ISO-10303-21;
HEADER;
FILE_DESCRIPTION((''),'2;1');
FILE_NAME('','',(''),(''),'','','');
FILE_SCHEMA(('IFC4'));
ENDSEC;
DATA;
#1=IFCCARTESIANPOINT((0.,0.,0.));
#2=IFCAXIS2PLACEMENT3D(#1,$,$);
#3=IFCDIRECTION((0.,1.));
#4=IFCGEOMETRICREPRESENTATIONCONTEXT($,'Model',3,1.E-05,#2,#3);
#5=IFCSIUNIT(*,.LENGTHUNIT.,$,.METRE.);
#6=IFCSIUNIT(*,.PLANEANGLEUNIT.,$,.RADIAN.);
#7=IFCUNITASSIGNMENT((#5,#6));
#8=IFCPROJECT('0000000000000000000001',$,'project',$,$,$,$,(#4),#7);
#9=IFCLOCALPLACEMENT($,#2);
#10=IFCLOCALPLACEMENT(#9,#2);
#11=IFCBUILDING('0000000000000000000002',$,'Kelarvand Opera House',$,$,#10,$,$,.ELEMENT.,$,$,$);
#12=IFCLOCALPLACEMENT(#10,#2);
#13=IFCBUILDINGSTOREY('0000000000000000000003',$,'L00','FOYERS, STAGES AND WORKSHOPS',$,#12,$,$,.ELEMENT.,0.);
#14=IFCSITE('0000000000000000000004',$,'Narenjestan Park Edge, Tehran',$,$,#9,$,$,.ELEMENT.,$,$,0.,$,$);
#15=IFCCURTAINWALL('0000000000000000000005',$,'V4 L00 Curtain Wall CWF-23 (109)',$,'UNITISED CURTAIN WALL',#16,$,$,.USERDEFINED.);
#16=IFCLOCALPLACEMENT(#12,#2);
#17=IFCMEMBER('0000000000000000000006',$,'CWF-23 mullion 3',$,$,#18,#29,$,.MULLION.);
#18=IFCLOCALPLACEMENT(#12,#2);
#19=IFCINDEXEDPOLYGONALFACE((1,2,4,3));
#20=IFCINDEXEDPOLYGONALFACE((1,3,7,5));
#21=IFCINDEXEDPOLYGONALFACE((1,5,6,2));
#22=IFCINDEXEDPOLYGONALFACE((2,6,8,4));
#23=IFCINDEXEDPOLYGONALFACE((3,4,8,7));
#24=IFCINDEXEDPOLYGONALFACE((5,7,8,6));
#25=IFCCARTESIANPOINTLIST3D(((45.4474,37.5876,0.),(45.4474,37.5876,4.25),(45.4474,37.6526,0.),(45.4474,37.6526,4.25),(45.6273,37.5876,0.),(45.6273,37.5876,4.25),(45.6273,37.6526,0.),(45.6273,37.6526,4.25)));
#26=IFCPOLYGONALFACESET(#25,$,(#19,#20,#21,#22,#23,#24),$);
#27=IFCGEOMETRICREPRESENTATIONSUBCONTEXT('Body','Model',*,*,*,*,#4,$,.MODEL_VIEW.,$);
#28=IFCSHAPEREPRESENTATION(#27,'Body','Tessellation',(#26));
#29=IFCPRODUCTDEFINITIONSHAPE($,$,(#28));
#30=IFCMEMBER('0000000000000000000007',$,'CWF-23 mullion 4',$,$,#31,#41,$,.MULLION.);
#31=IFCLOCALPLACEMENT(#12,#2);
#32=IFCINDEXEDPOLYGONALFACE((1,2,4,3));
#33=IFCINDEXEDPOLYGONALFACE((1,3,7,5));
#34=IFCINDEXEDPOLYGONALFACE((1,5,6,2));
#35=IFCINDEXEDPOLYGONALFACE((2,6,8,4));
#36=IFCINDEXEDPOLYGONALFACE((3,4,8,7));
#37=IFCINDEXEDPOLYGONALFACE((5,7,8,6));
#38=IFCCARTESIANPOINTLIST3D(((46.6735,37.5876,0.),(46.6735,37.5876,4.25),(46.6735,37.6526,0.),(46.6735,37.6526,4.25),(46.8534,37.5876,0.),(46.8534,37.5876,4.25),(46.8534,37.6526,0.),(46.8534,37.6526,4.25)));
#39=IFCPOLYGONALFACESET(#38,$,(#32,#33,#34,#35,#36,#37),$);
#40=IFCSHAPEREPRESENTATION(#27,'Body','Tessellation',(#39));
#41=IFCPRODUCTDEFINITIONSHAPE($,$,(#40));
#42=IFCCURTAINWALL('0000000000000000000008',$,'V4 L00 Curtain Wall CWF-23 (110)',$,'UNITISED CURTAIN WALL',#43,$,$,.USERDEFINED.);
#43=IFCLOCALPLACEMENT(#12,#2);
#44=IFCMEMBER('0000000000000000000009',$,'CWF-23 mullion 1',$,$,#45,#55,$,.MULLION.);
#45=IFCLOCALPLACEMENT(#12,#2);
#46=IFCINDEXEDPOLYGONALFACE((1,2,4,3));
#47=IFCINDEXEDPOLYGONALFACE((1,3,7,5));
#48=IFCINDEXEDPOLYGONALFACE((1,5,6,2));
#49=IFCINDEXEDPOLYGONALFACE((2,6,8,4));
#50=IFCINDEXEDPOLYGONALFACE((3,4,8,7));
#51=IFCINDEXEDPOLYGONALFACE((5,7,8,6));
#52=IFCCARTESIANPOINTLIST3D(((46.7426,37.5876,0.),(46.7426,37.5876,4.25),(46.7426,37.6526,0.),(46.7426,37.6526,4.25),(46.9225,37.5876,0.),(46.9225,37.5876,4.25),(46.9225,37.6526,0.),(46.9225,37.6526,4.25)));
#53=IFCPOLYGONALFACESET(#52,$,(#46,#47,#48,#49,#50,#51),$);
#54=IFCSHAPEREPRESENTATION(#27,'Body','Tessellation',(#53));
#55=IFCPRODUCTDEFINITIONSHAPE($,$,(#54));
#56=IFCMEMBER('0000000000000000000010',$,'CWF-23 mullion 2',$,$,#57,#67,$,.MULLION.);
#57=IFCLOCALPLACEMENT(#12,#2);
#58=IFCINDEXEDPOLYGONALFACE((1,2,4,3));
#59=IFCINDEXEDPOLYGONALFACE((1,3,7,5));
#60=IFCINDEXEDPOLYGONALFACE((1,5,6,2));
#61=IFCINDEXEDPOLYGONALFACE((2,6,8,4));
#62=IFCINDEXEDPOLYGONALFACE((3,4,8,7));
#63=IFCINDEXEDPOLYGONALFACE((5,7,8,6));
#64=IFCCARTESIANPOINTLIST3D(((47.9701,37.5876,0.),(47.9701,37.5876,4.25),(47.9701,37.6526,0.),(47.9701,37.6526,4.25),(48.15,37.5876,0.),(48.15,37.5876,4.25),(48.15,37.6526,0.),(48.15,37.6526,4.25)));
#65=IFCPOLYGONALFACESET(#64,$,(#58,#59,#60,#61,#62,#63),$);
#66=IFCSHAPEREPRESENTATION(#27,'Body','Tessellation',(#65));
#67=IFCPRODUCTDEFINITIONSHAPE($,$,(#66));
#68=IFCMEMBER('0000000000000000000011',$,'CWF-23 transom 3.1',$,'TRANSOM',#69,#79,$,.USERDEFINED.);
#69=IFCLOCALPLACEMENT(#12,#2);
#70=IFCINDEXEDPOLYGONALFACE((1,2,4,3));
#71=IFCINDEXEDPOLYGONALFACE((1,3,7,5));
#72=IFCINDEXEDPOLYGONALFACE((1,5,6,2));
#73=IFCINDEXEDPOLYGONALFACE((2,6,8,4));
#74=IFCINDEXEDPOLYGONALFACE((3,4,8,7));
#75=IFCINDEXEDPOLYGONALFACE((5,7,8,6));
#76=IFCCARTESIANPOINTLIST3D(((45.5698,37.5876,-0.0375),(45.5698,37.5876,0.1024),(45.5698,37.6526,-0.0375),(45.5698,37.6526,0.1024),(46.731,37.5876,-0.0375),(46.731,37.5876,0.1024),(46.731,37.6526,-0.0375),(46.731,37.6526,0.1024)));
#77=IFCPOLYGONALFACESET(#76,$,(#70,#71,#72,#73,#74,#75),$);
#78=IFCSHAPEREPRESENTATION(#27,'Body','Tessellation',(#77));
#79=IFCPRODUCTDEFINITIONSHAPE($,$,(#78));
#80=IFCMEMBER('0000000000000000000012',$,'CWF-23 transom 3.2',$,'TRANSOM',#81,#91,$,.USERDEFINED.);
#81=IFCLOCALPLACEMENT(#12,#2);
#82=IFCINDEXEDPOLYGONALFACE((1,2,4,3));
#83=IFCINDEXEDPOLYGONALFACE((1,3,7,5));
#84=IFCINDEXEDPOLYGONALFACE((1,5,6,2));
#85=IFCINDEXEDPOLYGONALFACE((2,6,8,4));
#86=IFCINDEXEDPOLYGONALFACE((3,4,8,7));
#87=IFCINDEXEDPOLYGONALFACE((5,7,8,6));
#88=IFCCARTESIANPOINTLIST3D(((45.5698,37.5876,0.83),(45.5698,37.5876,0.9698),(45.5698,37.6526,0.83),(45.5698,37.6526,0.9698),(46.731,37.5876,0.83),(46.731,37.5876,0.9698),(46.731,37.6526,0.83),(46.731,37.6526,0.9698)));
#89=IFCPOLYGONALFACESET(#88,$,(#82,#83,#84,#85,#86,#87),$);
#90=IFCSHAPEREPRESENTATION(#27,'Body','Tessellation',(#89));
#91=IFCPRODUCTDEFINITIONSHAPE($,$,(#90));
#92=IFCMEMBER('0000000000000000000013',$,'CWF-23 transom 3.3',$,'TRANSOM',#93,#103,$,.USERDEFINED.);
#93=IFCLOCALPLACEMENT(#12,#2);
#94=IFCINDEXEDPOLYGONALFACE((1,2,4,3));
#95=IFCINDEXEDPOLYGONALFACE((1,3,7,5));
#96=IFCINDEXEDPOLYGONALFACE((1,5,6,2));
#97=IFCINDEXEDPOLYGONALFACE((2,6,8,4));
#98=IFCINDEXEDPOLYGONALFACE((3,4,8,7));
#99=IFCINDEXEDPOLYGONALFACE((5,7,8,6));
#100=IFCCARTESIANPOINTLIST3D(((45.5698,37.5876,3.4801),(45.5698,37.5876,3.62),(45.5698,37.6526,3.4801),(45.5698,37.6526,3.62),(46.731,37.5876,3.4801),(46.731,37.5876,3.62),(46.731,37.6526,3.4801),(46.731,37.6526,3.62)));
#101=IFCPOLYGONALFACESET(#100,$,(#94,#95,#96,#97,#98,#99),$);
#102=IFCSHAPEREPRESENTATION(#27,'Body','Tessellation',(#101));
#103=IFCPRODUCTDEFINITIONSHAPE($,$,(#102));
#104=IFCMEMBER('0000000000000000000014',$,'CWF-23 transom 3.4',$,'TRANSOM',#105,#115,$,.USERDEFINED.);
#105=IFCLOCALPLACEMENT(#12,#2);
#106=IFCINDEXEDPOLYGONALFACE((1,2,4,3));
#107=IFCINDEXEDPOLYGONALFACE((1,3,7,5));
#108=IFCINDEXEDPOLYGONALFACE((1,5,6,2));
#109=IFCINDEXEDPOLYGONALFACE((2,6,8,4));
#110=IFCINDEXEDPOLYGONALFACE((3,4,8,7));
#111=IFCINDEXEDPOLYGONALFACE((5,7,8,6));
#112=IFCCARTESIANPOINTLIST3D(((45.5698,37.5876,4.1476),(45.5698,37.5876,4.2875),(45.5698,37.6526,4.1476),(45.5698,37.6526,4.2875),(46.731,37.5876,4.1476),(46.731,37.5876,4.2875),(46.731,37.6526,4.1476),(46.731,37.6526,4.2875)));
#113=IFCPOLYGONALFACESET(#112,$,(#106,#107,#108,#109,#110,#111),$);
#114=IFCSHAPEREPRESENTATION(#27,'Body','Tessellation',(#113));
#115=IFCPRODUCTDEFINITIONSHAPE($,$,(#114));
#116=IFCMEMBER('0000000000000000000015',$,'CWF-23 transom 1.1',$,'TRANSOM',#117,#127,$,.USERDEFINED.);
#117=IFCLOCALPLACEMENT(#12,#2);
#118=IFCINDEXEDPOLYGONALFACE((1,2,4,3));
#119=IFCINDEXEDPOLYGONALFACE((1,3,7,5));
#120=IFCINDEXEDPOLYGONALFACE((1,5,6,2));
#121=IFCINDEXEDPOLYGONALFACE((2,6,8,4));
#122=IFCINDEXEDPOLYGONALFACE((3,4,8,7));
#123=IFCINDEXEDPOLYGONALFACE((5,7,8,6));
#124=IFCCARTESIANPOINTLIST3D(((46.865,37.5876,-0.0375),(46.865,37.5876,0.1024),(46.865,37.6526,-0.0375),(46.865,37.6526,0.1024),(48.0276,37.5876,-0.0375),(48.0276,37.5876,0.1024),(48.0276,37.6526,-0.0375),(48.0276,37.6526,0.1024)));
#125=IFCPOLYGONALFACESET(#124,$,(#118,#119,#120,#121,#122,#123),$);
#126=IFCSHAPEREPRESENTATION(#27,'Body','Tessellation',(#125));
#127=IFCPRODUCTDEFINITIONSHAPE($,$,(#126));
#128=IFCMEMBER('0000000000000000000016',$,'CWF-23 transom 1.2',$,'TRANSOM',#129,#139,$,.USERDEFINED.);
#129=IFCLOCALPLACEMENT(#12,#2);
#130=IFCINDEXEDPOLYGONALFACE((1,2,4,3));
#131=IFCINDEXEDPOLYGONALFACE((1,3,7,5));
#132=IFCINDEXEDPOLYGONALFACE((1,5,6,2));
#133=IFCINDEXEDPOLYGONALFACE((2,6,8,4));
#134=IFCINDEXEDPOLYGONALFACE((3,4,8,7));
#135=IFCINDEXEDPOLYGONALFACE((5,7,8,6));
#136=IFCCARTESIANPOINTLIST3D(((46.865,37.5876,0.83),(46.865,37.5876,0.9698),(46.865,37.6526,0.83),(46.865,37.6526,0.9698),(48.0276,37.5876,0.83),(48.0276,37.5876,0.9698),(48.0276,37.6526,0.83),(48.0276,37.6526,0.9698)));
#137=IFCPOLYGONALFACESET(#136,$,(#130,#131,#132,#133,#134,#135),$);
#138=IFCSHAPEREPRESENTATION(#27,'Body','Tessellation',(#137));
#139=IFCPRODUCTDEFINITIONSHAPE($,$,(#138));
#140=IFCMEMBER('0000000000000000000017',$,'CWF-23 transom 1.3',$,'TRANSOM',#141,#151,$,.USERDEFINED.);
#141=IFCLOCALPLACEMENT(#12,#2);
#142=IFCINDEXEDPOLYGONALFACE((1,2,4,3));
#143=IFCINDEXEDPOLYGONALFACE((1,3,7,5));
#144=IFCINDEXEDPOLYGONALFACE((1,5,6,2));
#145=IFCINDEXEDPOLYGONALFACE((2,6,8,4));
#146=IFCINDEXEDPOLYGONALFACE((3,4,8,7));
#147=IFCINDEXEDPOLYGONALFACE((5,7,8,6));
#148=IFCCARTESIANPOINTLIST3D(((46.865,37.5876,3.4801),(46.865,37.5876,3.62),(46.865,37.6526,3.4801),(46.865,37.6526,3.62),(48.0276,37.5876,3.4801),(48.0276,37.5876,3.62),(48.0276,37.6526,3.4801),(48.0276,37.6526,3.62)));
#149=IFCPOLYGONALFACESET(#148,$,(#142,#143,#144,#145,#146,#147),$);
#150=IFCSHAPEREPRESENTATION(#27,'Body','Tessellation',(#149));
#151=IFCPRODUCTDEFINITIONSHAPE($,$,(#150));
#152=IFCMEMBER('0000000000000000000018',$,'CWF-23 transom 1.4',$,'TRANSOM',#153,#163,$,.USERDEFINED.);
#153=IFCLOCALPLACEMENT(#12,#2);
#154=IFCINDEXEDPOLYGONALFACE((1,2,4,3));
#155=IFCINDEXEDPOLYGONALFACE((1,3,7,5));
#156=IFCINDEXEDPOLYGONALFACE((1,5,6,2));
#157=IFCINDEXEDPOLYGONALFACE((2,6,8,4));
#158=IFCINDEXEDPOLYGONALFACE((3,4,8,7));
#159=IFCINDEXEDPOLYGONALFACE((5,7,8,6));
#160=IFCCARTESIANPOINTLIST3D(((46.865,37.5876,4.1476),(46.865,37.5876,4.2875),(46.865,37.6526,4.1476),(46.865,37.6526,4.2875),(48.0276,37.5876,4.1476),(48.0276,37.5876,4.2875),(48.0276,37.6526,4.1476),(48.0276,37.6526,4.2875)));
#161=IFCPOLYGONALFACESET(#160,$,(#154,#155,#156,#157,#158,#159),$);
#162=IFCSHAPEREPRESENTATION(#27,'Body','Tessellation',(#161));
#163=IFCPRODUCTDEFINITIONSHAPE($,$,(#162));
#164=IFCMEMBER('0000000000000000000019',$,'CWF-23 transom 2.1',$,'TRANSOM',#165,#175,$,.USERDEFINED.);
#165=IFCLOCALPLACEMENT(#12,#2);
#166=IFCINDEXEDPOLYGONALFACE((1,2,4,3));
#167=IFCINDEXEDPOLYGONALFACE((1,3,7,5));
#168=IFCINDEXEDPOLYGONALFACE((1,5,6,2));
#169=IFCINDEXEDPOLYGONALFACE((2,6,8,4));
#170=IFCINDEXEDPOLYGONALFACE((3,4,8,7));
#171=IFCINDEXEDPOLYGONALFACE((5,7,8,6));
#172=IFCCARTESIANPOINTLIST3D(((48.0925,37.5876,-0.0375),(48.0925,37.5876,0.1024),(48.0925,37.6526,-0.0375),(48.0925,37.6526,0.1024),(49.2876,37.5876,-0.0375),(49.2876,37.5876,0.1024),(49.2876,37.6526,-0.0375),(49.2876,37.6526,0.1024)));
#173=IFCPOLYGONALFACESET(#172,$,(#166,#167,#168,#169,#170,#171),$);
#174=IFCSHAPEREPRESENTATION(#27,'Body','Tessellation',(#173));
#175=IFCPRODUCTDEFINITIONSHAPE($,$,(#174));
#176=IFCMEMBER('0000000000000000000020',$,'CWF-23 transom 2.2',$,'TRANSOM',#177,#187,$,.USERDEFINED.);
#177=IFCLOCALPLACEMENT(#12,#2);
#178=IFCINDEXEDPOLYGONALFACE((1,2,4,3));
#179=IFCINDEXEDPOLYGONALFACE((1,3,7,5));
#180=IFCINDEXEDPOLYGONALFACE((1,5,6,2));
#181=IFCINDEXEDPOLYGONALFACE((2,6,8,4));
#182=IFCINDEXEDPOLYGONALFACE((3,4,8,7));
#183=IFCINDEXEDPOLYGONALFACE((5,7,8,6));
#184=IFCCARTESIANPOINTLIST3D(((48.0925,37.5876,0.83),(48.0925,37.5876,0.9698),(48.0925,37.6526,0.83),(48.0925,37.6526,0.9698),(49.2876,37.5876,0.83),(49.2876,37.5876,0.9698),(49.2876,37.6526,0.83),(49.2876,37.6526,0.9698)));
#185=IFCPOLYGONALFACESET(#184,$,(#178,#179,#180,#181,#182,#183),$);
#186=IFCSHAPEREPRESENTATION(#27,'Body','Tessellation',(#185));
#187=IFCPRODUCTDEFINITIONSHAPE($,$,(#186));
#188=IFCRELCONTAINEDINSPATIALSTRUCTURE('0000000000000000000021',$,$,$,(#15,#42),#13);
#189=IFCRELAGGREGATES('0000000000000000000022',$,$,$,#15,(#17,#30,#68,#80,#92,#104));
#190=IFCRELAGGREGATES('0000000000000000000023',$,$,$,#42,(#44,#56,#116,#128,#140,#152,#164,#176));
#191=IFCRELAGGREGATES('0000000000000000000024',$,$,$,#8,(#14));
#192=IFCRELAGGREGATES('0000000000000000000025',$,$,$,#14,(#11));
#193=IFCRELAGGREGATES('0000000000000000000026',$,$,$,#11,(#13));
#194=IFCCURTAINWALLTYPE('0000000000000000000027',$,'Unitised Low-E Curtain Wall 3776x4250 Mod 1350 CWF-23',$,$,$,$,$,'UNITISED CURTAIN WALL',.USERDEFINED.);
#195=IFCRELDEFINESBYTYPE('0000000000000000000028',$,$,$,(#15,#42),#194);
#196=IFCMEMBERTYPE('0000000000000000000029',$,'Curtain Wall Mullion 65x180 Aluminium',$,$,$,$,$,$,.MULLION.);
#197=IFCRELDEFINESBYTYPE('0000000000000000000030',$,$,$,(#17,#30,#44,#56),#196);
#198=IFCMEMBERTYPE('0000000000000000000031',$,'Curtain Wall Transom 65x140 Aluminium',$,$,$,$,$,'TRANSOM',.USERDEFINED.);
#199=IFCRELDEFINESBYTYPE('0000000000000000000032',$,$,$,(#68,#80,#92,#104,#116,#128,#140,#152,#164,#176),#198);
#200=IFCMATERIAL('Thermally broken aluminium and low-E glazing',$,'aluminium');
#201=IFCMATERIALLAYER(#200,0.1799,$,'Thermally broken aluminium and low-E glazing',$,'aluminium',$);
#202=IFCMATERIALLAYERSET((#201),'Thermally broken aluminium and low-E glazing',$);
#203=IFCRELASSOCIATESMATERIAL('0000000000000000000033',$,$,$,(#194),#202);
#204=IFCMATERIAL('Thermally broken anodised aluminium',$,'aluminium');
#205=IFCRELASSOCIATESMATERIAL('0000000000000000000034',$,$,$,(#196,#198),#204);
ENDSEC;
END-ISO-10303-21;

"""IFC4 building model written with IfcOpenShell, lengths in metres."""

from ifc_helpers import new_model, si_unit, direction, frame, origin, origin_2d, place, context, subcontext, project, spatial, rectangle, extrude, material, layer, layer_set, material_profile, profile_set, type_object, element, aggregate, save


model = new_model("IFC4")

# Units and contexts
model_context = context("Model", 3, precision=1e-05, world=origin(), true_north=direction((0.0, 1.0)))
body_context = subcontext(model_context, "Body", "Model", "MODEL_VIEW")
ifc_project = project(units=[si_unit("LENGTHUNIT", "METRE"), si_unit("PLANEANGLEUNIT", "RADIAN")], contexts=[model_context])

# Site, building, storey
site_placement = place(None, origin())
site = spatial("IfcSite", under=ifc_project, at=site_placement, Name="Narenjestan Park Edge, Tehran", CompositionType="ELEMENT", RefElevation=0.0)
building_placement = place(site_placement, origin())
building = spatial("IfcBuilding", under=site, at=building_placement, Name="Kelarvand Opera House", CompositionType="ELEMENT")
storey_placement = place(building_placement, origin())
storey = spatial("IfcBuildingStorey", under=building, at=storey_placement, Name="L00", Description="FOYERS, STAGES AND WORKSHOPS", CompositionType="ELEMENT", Elevation=0.0)

# Curtain walls, members
ifc_material_1 = material(Name="Thermally broken aluminium and low-E glazing", Category="aluminium")
ifc_layer_1 = layer(ifc_material_1, 0.1799, Name="Thermally broken aluminium and low-E glazing", Category="aluminium")
ifc_layer_set_1 = layer_set([ifc_layer_1], Name="Thermally broken aluminium and low-E glazing")
curtain_wall_type = type_object("IfcCurtainWallType", Name="Unitised Low-E Curtain Wall 3776x4250 Mod 1350 CWF-23", ElementType="UNITISED CURTAIN WALL", PredefinedType="USERDEFINED", material=ifc_layer_set_1)
curtain_wall_1_placement = place(storey_placement, origin())
curtain_wall_1 = element("IfcCurtainWall", 1, at=curtain_wall_1_placement, inside=storey, type_object=curtain_wall_type, Name="V4 L00 Curtain Wall CWF-23 (109)", ObjectType="UNITISED CURTAIN WALL", PredefinedType="USERDEFINED")
ifc_material_2 = material(Name="Thermally broken anodised aluminium", Category="aluminium")
ifc_material_profile_1 = material_profile(ifc_material_2, rectangle(XDim=0.0649, YDim=0.1799, at=origin_2d()), Name="ALU MULLION 65x180", Category="aluminium")
ifc_profile_set_1 = profile_set([ifc_material_profile_1], Name="Thermally broken anodised aluminium")
member_type_1 = type_object("IfcMemberType", Name="Curtain Wall Mullion 65x180 Aluminium", PredefinedType="MULLION", material=ifc_profile_set_1)
member_1_placement = place(storey_placement, frame((45.5374, 37.6201, 0.0), z_axis=(0.0, 0.0, 1.0), x_axis=(0.0, 1.0, 0.0)))
member_1 = element("IfcMember", 2, at=member_1_placement, type_object=member_type_1, Name="CWF-23 mullion 3", PredefinedType="MULLION", context=body_context, shape_type="SweptSolid", body=[
    extrude(rectangle(XDim=0.0649, YDim=0.1799, at=origin_2d()), origin(), (0.0, 0.0, 1.0), 4.25),
])
member_2_placement = place(storey_placement, frame((46.7634, 37.6201, 0.0), z_axis=(0.0, 0.0, 1.0), x_axis=(0.0, 1.0, 0.0)))
member_2 = element("IfcMember", 3, at=member_2_placement, type_object=member_type_1, Name="CWF-23 mullion 4", PredefinedType="MULLION", context=body_context, shape_type="SweptSolid", body=[
    extrude(rectangle(XDim=0.0649, YDim=0.1799, at=origin_2d()), origin(), (0.0, 0.0, 1.0), 4.25),
])
curtain_wall_2_placement = place(storey_placement, origin())
curtain_wall_2 = element("IfcCurtainWall", 4, at=curtain_wall_2_placement, inside=storey, type_object=curtain_wall_type, Name="V4 L00 Curtain Wall CWF-23 (110)", ObjectType="UNITISED CURTAIN WALL", PredefinedType="USERDEFINED")
member_3_placement = place(storey_placement, frame((46.8325, 37.6201, 0.0), z_axis=(0.0, 0.0, 1.0), x_axis=(0.0, 1.0, 0.0)))
member_3 = element("IfcMember", 5, at=member_3_placement, type_object=member_type_1, Name="CWF-23 mullion 1", PredefinedType="MULLION", context=body_context, shape_type="SweptSolid", body=[
    extrude(rectangle(XDim=0.0649, YDim=0.1799, at=origin_2d()), origin(), (0.0, 0.0, 1.0), 4.25),
])
member_4_placement = place(storey_placement, frame((48.0601, 37.6201, 0.0), z_axis=(0.0, 0.0, 1.0), x_axis=(0.0, 1.0, 0.0)))
member_4 = element("IfcMember", 6, at=member_4_placement, type_object=member_type_1, Name="CWF-23 mullion 2", PredefinedType="MULLION", context=body_context, shape_type="SweptSolid", body=[
    extrude(rectangle(XDim=0.0649, YDim=0.1799, at=origin_2d()), origin(), (0.0, 0.0, 1.0), 4.25),
])

# Members
ifc_material_profile_2 = material_profile(ifc_material_2, rectangle(XDim=0.0649, YDim=0.1399, at=origin_2d()), Name="ALU TRANSOM 65x140", Category="aluminium")
ifc_profile_set_2 = profile_set([ifc_material_profile_2], Name="Thermally broken anodised aluminium")
member_type_2 = type_object("IfcMemberType", Name="Curtain Wall Transom 65x140 Aluminium", ElementType="TRANSOM", PredefinedType="USERDEFINED", material=ifc_profile_set_2)
member_5_placement = place(storey_placement, frame((45.5698, 37.6201, 0.0325), z_axis=(1.0, 0.0, 0.0), x_axis=(0.0, 1.0, 0.0)))
member_5 = element("IfcMember", 7, at=member_5_placement, type_object=member_type_2, Name="CWF-23 transom 3.1", ObjectType="TRANSOM", PredefinedType="USERDEFINED", context=body_context, shape_type="SweptSolid", body=[
    extrude(rectangle(XDim=0.0649, YDim=0.1399, at=origin_2d()), origin(), (0.0, 0.0, 1.0), 1.1611),
])
member_6_placement = place(storey_placement, frame((45.5698, 37.6201, 0.8999), z_axis=(1.0, 0.0, 0.0), x_axis=(0.0, 1.0, 0.0)))
member_6 = element("IfcMember", 8, at=member_6_placement, type_object=member_type_2, Name="CWF-23 transom 3.2", ObjectType="TRANSOM", PredefinedType="USERDEFINED", context=body_context, shape_type="SweptSolid", body=[
    extrude(rectangle(XDim=0.0649, YDim=0.1399, at=origin_2d()), origin(), (0.0, 0.0, 1.0), 1.1611),
])
member_7_placement = place(storey_placement, frame((45.5698, 37.6201, 3.55), z_axis=(1.0, 0.0, 0.0), x_axis=(0.0, 1.0, 0.0)))
member_7 = element("IfcMember", 9, at=member_7_placement, type_object=member_type_2, Name="CWF-23 transom 3.3", ObjectType="TRANSOM", PredefinedType="USERDEFINED", context=body_context, shape_type="SweptSolid", body=[
    extrude(rectangle(XDim=0.0649, YDim=0.1399, at=origin_2d()), origin(), (0.0, 0.0, 1.0), 1.1611),
])
member_8_placement = place(storey_placement, frame((45.5698, 37.6201, 4.2175), z_axis=(1.0, 0.0, 0.0), x_axis=(0.0, 1.0, 0.0)))
member_8 = element("IfcMember", 10, at=member_8_placement, type_object=member_type_2, Name="CWF-23 transom 3.4", ObjectType="TRANSOM", PredefinedType="USERDEFINED", context=body_context, shape_type="SweptSolid", body=[
    extrude(rectangle(XDim=0.0649, YDim=0.1399, at=origin_2d()), origin(), (0.0, 0.0, 1.0), 1.1611),
])
member_9_placement = place(storey_placement, frame((46.865, 37.6201, 0.0325), z_axis=(1.0, 0.0, 0.0), x_axis=(0.0, 1.0, 0.0)))
member_9 = element("IfcMember", 11, at=member_9_placement, type_object=member_type_2, Name="CWF-23 transom 1.1", ObjectType="TRANSOM", PredefinedType="USERDEFINED", context=body_context, shape_type="SweptSolid", body=[
    extrude(rectangle(XDim=0.0649, YDim=0.1399, at=origin_2d()), origin(), (0.0, 0.0, 1.0), 1.1626),
])
member_10_placement = place(storey_placement, frame((46.865, 37.6201, 0.8999), z_axis=(1.0, 0.0, 0.0), x_axis=(0.0, 1.0, 0.0)))
member_10 = element("IfcMember", 12, at=member_10_placement, type_object=member_type_2, Name="CWF-23 transom 1.2", ObjectType="TRANSOM", PredefinedType="USERDEFINED", context=body_context, shape_type="SweptSolid", body=[
    extrude(rectangle(XDim=0.0649, YDim=0.1399, at=origin_2d()), origin(), (0.0, 0.0, 1.0), 1.1626),
])
member_11_placement = place(storey_placement, frame((46.865, 37.6201, 3.55), z_axis=(1.0, 0.0, 0.0), x_axis=(0.0, 1.0, 0.0)))
member_11 = element("IfcMember", 13, at=member_11_placement, type_object=member_type_2, Name="CWF-23 transom 1.3", ObjectType="TRANSOM", PredefinedType="USERDEFINED", context=body_context, shape_type="SweptSolid", body=[
    extrude(rectangle(XDim=0.0649, YDim=0.1399, at=origin_2d()), origin(), (0.0, 0.0, 1.0), 1.1626),
])
member_12_placement = place(storey_placement, frame((46.865, 37.6201, 4.2175), z_axis=(1.0, 0.0, 0.0), x_axis=(0.0, 1.0, 0.0)))
member_12 = element("IfcMember", 14, at=member_12_placement, type_object=member_type_2, Name="CWF-23 transom 1.4", ObjectType="TRANSOM", PredefinedType="USERDEFINED", context=body_context, shape_type="SweptSolid", body=[
    extrude(rectangle(XDim=0.0649, YDim=0.1399, at=origin_2d()), origin(), (0.0, 0.0, 1.0), 1.1626),
])
member_13_placement = place(storey_placement, frame((48.0925, 37.6201, 0.0325), z_axis=(1.0, 0.0, 0.0), x_axis=(0.0, 1.0, 0.0)))
member_13 = element("IfcMember", 15, at=member_13_placement, type_object=member_type_2, Name="CWF-23 transom 2.1", ObjectType="TRANSOM", PredefinedType="USERDEFINED", context=body_context, shape_type="SweptSolid", body=[
    extrude(rectangle(XDim=0.0649, YDim=0.1399, at=origin_2d()), origin(), (0.0, 0.0, 1.0), 1.1951),
])
member_14_placement = place(storey_placement, frame((48.0925, 37.6201, 0.8999), z_axis=(1.0, 0.0, 0.0), x_axis=(0.0, 1.0, 0.0)))
member_14 = element("IfcMember", 16, at=member_14_placement, type_object=member_type_2, Name="CWF-23 transom 2.2", ObjectType="TRANSOM", PredefinedType="USERDEFINED", context=body_context, shape_type="SweptSolid", body=[
    extrude(rectangle(XDim=0.0649, YDim=0.1399, at=origin_2d()), origin(), (0.0, 0.0, 1.0), 1.1951),
])

aggregate(curtain_wall_1, [member_1, member_2, member_5, member_6, member_7, member_8])
aggregate(curtain_wall_2, [member_3, member_4, member_9, member_10, member_11, member_12, member_13, member_14])

save(model, "model.ifc")
